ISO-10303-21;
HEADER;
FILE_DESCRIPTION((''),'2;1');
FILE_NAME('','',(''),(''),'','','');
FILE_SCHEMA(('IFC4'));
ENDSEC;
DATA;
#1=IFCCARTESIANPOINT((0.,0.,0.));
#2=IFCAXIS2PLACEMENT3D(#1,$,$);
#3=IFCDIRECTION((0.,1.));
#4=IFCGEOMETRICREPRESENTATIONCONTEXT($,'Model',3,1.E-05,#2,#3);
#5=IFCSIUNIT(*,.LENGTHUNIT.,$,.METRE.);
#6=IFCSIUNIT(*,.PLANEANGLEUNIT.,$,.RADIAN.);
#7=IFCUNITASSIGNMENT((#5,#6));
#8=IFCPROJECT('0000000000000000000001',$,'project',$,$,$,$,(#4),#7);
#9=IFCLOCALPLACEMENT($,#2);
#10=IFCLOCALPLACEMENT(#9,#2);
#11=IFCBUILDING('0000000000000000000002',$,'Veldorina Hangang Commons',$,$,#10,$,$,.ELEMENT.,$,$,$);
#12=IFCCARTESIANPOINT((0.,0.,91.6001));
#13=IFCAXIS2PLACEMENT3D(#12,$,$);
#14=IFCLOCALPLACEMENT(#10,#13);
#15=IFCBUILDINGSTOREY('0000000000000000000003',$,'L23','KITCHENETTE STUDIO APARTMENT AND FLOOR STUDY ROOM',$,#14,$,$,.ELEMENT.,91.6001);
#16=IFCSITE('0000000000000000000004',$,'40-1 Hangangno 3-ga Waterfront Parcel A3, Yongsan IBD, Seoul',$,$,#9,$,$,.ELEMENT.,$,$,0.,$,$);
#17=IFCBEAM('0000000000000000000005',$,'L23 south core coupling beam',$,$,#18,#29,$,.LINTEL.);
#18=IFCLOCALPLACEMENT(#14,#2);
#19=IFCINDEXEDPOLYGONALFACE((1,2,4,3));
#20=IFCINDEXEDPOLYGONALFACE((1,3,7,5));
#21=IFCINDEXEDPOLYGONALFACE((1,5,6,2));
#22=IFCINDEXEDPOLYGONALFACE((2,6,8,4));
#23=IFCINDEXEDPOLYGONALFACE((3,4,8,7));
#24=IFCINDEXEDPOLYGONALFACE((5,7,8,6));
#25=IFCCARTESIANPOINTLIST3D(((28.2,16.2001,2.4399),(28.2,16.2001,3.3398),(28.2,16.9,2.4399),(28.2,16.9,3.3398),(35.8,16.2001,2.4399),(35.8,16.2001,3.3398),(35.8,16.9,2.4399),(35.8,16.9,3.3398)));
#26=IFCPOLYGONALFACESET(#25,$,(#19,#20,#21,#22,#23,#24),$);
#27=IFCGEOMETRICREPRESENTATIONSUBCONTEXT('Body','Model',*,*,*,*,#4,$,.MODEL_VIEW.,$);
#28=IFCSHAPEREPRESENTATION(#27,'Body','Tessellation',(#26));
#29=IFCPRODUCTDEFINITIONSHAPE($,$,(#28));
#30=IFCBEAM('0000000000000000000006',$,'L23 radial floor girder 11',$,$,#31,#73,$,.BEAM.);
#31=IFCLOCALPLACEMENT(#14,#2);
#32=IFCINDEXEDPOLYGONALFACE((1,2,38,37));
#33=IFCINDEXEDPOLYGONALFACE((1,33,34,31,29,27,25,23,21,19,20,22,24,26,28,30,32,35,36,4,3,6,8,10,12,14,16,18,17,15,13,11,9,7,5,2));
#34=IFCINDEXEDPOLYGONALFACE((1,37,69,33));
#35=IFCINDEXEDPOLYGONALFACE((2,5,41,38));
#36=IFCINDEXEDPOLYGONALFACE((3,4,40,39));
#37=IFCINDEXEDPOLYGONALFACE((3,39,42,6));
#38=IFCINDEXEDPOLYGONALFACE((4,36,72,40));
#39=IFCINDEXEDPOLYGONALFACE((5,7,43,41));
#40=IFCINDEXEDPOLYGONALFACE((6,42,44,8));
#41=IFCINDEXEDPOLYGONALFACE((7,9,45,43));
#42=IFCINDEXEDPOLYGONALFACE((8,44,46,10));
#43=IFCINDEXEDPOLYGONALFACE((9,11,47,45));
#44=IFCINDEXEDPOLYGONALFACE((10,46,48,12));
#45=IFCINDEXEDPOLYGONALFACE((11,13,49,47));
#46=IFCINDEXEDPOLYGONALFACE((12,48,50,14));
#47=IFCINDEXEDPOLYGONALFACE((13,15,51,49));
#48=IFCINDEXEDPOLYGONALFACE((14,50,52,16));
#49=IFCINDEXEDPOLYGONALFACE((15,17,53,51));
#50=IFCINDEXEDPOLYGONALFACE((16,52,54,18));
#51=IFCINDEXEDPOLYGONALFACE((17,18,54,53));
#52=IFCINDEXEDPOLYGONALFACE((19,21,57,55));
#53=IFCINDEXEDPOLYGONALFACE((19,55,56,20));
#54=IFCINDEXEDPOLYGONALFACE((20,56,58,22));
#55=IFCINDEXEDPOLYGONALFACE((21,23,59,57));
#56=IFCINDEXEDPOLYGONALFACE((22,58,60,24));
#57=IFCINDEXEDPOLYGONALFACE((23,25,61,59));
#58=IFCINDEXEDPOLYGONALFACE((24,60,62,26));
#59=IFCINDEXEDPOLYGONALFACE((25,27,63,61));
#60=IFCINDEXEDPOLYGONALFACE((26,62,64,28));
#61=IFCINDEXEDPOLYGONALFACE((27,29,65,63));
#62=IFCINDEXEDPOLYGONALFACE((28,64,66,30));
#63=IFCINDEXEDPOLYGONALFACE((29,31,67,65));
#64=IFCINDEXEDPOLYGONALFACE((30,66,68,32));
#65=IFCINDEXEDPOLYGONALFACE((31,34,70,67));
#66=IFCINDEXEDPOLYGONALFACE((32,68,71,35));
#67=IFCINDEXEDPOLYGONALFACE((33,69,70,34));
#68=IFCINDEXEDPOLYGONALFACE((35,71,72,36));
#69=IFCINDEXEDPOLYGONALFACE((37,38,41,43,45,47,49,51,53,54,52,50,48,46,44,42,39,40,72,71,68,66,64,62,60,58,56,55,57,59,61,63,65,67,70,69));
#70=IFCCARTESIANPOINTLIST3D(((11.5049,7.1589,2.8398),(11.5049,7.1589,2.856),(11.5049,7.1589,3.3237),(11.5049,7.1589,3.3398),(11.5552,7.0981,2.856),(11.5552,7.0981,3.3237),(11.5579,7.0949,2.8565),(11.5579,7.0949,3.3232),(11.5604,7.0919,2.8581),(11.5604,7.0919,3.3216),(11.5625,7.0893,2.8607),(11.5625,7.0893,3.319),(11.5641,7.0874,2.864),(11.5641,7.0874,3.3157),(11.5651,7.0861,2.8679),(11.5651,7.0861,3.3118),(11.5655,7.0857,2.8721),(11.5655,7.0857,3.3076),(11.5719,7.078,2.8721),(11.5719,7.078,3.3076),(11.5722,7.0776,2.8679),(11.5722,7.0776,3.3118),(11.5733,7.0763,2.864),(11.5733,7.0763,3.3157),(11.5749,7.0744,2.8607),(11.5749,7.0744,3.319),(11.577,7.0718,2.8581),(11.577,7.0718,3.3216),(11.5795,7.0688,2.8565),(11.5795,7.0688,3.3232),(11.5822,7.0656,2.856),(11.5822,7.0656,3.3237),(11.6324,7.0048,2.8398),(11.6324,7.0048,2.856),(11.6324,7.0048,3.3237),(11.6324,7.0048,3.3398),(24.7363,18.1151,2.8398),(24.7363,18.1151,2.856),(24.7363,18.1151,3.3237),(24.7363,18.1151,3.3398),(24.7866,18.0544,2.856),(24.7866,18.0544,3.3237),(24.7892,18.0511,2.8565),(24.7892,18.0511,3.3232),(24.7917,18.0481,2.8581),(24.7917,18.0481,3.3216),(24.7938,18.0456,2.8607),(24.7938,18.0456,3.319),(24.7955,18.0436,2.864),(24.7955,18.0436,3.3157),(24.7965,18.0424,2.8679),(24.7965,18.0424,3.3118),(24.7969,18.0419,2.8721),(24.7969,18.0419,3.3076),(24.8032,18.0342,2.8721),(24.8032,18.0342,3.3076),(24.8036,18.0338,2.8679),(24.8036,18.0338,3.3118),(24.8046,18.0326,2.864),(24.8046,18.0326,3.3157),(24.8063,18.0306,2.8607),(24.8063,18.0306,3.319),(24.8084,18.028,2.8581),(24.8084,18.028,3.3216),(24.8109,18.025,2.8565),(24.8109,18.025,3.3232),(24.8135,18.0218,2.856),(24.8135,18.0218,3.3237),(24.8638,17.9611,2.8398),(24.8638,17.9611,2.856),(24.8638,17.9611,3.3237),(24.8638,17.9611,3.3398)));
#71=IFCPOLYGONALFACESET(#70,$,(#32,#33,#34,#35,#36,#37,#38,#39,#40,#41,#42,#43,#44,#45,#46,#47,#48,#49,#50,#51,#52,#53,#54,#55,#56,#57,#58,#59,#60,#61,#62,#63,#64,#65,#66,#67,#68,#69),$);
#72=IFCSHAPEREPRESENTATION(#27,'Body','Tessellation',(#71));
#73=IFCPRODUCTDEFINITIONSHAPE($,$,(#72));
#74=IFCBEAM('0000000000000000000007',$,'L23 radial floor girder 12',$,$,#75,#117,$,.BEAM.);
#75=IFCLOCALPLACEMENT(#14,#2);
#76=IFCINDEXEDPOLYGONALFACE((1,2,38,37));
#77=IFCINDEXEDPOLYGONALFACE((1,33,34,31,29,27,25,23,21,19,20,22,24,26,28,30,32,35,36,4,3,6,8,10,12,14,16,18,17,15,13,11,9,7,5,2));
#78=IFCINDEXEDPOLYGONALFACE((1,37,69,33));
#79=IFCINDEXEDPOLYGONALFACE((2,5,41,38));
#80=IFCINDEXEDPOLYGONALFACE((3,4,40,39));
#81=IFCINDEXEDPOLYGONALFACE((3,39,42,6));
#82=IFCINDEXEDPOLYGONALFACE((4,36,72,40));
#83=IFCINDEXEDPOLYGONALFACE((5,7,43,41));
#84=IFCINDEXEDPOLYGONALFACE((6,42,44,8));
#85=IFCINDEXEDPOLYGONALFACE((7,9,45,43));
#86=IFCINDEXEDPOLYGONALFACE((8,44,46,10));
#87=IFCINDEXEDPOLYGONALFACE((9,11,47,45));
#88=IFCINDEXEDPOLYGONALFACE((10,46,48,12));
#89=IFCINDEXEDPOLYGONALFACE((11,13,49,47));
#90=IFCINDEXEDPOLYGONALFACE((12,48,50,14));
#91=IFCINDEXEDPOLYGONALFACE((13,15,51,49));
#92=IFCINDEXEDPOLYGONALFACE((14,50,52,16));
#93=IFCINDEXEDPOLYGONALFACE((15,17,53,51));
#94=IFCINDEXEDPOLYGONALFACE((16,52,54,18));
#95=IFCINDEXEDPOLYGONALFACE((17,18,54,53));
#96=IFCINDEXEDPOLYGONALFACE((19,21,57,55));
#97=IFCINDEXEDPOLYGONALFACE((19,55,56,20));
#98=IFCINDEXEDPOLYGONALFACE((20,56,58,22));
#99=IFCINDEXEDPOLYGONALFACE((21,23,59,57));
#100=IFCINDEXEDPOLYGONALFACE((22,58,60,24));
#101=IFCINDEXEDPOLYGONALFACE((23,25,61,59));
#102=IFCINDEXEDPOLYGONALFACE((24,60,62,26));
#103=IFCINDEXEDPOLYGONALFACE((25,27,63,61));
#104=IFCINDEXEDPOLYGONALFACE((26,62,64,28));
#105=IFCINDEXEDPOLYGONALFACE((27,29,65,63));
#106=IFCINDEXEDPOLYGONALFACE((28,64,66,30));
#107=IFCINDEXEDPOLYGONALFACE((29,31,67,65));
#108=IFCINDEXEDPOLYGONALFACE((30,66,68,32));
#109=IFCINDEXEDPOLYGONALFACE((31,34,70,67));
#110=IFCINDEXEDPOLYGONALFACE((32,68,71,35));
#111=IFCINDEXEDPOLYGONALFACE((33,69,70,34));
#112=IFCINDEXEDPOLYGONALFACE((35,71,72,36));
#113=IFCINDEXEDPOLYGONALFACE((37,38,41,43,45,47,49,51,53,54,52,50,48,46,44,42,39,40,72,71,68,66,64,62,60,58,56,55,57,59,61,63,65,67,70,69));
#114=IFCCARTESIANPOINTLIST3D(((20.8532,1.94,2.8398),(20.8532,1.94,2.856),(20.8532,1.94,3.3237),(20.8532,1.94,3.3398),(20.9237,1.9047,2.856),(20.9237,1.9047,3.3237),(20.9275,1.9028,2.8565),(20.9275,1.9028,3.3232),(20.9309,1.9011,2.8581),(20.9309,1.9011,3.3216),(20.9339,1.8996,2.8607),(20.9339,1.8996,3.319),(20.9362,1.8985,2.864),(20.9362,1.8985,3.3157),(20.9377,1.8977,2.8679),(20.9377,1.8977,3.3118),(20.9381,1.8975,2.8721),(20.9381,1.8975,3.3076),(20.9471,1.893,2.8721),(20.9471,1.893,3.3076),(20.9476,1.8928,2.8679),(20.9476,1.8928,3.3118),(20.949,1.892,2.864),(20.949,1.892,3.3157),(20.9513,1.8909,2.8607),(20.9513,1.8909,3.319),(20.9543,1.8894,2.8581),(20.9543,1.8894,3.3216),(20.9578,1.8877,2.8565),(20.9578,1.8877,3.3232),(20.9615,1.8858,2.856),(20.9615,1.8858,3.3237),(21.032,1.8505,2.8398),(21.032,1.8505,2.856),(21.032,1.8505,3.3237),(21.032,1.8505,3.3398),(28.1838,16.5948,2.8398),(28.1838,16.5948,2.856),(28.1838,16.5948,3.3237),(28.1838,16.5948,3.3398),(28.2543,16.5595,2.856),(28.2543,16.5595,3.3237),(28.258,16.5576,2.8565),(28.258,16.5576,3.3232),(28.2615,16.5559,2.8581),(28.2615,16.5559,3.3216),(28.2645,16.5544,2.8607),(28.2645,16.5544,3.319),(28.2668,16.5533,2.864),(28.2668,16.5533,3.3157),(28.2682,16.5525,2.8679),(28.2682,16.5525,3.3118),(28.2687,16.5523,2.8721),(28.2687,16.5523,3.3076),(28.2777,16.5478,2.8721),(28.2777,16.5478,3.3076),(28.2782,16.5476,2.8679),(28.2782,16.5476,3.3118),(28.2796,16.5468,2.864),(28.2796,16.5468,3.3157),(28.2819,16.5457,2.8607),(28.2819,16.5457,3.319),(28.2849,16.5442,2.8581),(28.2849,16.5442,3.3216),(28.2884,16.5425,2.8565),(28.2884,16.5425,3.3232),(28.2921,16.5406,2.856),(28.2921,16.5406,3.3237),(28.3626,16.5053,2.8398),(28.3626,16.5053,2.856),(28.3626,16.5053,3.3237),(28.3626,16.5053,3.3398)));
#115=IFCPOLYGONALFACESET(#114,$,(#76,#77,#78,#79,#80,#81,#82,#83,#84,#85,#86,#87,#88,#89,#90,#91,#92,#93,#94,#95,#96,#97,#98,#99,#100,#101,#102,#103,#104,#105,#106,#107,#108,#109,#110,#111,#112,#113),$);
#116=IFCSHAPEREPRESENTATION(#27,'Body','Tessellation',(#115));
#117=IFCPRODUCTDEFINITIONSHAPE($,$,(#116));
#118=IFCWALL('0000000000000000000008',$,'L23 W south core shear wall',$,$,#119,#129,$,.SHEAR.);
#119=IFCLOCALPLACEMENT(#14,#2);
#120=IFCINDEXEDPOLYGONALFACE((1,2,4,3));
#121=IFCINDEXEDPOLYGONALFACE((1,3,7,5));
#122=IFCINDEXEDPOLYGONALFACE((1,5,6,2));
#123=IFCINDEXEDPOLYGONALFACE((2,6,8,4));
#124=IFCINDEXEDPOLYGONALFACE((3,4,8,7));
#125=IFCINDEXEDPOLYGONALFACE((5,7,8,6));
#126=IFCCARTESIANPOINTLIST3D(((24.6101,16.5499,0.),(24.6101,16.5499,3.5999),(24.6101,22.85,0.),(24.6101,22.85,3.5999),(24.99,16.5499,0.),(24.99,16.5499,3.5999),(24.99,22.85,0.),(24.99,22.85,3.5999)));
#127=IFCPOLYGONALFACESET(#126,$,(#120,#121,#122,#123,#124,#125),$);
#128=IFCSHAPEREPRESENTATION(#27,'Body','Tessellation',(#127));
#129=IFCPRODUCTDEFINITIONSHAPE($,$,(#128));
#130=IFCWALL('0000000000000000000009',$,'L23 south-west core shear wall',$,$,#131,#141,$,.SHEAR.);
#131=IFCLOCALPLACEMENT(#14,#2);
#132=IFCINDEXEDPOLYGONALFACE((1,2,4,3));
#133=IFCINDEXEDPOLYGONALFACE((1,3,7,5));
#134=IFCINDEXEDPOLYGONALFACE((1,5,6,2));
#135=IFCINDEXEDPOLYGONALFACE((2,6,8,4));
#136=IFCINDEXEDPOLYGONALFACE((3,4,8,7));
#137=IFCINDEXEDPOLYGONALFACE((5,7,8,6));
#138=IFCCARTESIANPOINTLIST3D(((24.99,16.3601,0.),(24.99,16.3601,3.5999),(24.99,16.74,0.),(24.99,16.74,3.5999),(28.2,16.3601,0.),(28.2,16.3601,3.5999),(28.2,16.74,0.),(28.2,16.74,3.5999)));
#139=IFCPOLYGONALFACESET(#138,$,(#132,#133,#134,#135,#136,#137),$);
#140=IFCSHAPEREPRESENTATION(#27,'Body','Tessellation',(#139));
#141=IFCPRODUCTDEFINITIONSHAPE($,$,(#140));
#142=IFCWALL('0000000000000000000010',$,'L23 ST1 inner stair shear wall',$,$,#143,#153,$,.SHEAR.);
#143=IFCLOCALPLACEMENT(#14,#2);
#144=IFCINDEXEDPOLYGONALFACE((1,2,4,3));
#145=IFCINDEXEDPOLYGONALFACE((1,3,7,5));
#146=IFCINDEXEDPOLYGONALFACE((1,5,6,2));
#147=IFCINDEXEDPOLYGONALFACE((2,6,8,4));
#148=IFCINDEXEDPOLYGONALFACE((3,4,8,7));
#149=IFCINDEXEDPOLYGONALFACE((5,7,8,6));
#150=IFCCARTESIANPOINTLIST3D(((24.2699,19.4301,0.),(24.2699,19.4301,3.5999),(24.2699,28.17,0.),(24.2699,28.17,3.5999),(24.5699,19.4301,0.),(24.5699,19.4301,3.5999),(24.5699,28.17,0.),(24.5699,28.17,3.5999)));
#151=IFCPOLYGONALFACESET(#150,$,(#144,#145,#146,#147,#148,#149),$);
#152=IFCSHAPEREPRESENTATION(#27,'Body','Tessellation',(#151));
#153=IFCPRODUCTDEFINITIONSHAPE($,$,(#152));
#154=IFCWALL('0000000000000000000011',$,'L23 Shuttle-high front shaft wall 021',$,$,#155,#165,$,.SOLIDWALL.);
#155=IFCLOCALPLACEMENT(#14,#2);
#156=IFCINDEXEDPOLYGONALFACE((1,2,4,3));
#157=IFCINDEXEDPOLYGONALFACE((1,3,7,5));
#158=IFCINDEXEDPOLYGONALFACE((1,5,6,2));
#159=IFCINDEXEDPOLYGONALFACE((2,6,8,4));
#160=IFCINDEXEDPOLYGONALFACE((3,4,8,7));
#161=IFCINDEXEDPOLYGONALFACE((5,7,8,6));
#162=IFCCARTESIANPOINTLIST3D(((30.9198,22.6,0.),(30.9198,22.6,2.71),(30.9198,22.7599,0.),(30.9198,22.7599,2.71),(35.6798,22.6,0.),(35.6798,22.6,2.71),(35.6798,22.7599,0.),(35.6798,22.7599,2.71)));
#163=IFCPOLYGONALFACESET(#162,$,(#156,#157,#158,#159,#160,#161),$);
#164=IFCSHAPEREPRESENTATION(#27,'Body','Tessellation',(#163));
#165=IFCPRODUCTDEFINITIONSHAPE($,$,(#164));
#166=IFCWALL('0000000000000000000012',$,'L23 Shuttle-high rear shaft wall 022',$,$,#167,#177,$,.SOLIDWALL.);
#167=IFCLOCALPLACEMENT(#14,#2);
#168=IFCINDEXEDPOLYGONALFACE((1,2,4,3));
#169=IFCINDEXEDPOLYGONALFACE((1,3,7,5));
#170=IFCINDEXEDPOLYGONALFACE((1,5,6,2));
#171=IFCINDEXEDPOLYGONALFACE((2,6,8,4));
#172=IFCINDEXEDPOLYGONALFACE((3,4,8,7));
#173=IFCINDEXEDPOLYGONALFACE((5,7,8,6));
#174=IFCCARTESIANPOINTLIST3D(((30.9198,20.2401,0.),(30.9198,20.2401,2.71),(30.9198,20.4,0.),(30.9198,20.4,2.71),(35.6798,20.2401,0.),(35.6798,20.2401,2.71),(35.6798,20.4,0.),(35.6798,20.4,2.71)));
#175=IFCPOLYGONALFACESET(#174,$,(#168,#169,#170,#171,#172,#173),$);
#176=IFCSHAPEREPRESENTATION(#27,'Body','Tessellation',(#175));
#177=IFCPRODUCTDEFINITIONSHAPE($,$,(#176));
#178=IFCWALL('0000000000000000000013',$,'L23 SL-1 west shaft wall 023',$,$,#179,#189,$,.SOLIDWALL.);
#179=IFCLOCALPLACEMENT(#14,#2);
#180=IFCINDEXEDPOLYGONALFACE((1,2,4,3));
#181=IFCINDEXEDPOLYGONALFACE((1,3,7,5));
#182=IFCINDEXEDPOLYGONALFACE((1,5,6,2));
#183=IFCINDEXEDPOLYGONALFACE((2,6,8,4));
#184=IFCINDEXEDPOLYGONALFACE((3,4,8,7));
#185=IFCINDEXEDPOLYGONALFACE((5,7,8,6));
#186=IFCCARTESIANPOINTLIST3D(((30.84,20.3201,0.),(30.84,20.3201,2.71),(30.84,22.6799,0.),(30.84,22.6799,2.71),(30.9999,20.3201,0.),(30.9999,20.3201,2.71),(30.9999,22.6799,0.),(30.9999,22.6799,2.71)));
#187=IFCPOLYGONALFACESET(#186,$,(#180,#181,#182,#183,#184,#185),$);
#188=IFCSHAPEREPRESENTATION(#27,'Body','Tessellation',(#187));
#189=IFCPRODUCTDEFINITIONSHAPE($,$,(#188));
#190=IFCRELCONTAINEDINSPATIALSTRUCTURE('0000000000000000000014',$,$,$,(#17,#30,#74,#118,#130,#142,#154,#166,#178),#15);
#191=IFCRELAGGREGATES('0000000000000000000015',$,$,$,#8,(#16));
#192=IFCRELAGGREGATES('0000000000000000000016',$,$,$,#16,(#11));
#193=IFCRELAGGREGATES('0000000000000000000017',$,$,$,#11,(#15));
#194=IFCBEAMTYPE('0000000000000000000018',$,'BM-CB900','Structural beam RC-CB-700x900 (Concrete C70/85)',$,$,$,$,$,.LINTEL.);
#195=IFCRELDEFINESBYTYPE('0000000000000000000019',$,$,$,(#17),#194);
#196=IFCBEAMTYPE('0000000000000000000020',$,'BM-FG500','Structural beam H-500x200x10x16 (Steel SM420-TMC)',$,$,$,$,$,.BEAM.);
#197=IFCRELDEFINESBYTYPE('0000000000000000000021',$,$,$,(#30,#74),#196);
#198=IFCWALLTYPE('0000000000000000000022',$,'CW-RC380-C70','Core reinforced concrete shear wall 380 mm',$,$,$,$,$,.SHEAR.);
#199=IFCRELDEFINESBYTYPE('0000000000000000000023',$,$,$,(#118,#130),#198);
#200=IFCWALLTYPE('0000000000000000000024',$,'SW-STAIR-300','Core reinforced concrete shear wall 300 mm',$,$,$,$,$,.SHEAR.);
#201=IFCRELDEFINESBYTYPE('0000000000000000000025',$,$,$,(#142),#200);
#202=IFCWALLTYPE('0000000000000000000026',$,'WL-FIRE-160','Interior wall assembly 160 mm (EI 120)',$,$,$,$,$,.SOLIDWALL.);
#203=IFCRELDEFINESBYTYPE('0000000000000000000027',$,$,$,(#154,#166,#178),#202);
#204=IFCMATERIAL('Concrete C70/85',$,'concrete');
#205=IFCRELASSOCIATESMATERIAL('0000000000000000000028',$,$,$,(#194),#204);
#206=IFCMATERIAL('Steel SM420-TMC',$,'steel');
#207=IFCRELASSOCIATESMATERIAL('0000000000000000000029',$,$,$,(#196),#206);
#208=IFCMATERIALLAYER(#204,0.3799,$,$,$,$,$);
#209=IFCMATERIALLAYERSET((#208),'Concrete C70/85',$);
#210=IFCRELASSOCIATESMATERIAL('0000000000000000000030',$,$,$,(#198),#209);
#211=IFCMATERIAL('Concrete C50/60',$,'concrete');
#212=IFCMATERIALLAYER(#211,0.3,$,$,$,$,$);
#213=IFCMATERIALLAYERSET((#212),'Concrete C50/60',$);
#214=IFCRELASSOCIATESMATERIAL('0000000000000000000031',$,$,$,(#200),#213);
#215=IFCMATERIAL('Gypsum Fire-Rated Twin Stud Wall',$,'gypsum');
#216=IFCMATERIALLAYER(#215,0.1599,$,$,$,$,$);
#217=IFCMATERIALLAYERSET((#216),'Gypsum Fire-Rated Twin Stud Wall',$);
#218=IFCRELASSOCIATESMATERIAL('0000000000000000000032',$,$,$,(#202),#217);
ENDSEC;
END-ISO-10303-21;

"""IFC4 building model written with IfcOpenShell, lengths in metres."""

from ifc_helpers import new_model, si_unit, direction, frame, frame_2d, origin, origin_2d, place, context, subcontext, project, spatial, rectangle, i_section, extrude, material, layer, layer_set, material_profile, profile_set, type_object, element, save


model = new_model("IFC4")

# Units and contexts
model_context = context("Model", 3, precision=1e-05, world=origin(), true_north=direction((0.0, 1.0)))
body_context = subcontext(model_context, "Body", "Model", "MODEL_VIEW")
ifc_project = project(units=[si_unit("LENGTHUNIT", "METRE"), si_unit("PLANEANGLEUNIT", "RADIAN")], contexts=[model_context])

# Site, building, storey
site_placement = place(None, origin())
site = spatial("IfcSite", under=ifc_project, at=site_placement, Name="40-1 Hangangno 3-ga Waterfront Parcel A3, Yongsan IBD, Seoul", CompositionType="ELEMENT", RefElevation=0.0)
building_placement = place(site_placement, origin())
building = spatial("IfcBuilding", under=site, at=building_placement, Name="Veldorina Hangang Commons", CompositionType="ELEMENT")
storey_placement = place(building_placement, frame((0.0, 0.0, 91.6001)))
storey = spatial("IfcBuildingStorey", under=building, at=storey_placement, Name="L23", Description="KITCHENETTE STUDIO APARTMENT AND FLOOR STUDY ROOM", CompositionType="ELEMENT", Elevation=91.6001)

# Beams
ifc_material_1 = material(Name="Concrete C70/85", Category="concrete")
ifc_material_profile_1 = material_profile(ifc_material_1, rectangle(XDim=0.7, YDim=0.8999, at=origin_2d()), Name="RC-CB-700x900")
ifc_profile_set_1 = profile_set([ifc_material_profile_1], Name="Concrete C70/85")
beam_type_1 = type_object("IfcBeamType", Name="BM-CB900", Description="Structural beam RC-CB-700x900 (Concrete C70/85)", PredefinedType="LINTEL", material=ifc_profile_set_1)
beam_1_placement = place(storey_placement, frame((28.2, 16.55, 2.8899), z_axis=(1.0, 0.0, 0.0), x_axis=(0.0, 1.0, 0.0)))
element("IfcBeam", 1, at=beam_1_placement, inside=storey, type_object=beam_type_1, Name="L23 south core coupling beam", PredefinedType="LINTEL", context=body_context, shape_type="SweptSolid", body=[
    extrude(rectangle(XDim=0.7, YDim=0.8999, at=origin_2d()), origin(), (0.0, 0.0, 1.0), 7.6001),
])
ifc_material_2 = material(Name="Steel SM420-TMC", Category="steel")
ifc_material_profile_2 = material_profile(ifc_material_2, i_section(OverallWidth=0.2, OverallDepth=0.5, WebThickness=0.01, FlangeThickness=0.0161, FilletRadius=0.0161, at=origin_2d()), Name="H-500x200x10x16")
ifc_profile_set_2 = profile_set([ifc_material_profile_2], Name="Steel SM420-TMC")
beam_type_2 = type_object("IfcBeamType", Name="BM-FG500", Description="Structural beam H-500x200x10x16 (Steel SM420-TMC)", PredefinedType="BEAM", material=ifc_profile_set_2)
beam_2_placement = place(storey_placement, frame((24.8, 18.0381, 3.0898), z_axis=(-0.770219, -0.63778, 0.0), x_axis=(0.63778, -0.770219, 0.0)))
element("IfcBeam", 2, at=beam_2_placement, inside=storey, type_object=beam_type_2, Name="L23 radial floor girder 11", PredefinedType="BEAM", context=body_context, shape_type="SweptSolid", body=[
    extrude(i_section(OverallWidth=0.2, OverallDepth=0.5, WebThickness=0.01, FlangeThickness=0.0161, FilletRadius=0.0161, at=origin_2d()), origin(), (0.0, 0.0, 1.0), 17.1787),
])
beam_3_placement = place(storey_placement, frame((28.2732, 16.55, 3.0898), z_axis=(-0.447369, -0.89435, 0.0), x_axis=(0.89435, -0.447369, 0.0)))
element("IfcBeam", 3, at=beam_3_placement, inside=storey, type_object=beam_type_2, Name="L23 radial floor girder 12", PredefinedType="BEAM", context=body_context, shape_type="SweptSolid", body=[
    extrude(i_section(OverallWidth=0.2, OverallDepth=0.5, WebThickness=0.01, FlangeThickness=0.0161, FilletRadius=0.0161, at=origin_2d()), origin(), (0.0, 0.0, 1.0), 16.386),
])

# Walls
ifc_layer_1 = layer(ifc_material_1, 0.3799)
ifc_layer_set_1 = layer_set([ifc_layer_1], Name="Concrete C70/85")
wall_type_1 = type_object("IfcWallType", Name="CW-RC380-C70", Description="Core reinforced concrete shear wall 380 mm", PredefinedType="SHEAR", material=ifc_layer_set_1)
wall_1_placement = place(storey_placement, frame((24.8, 16.55, 0.0), z_axis=(0.0, 0.0, 1.0), x_axis=(0.0, 1.0, 0.0)))
element("IfcWall", 4, at=wall_1_placement, inside=storey, type_object=wall_type_1, Name="L23 W south core shear wall", PredefinedType="SHEAR", context=body_context, shape_type="SweptSolid", body=[
    extrude(rectangle(XDim=6.3, YDim=0.3799, at=frame_2d((3.1499, 0.0))), origin(), (0.0, 0.0, 1.0), 3.5999),
])
wall_2_placement = place(storey_placement, frame((24.99, 16.55, 0.0), z_axis=(0.0, 0.0, 1.0), x_axis=(1.0, 0.0, 0.0)))
element("IfcWall", 5, at=wall_2_placement, inside=storey, type_object=wall_type_1, Name="L23 south-west core shear wall", PredefinedType="SHEAR", context=body_context, shape_type="SweptSolid", body=[
    extrude(rectangle(XDim=3.21, YDim=0.3799, at=frame_2d((1.605, 0.0))), origin(), (0.0, 0.0, 1.0), 3.5999),
])
ifc_material_3 = material(Name="Concrete C50/60", Category="concrete")
ifc_layer_2 = layer(ifc_material_3, 0.3)
ifc_layer_set_2 = layer_set([ifc_layer_2], Name="Concrete C50/60")
wall_type_2 = type_object("IfcWallType", Name="SW-STAIR-300", Description="Core reinforced concrete shear wall 300 mm", PredefinedType="SHEAR", material=ifc_layer_set_2)
wall_3_placement = place(storey_placement, frame((24.4199, 19.4299, 0.0), z_axis=(0.0, 0.0, 1.0), x_axis=(0.0, 1.0, 0.0)))
element("IfcWall", 6, at=wall_3_placement, inside=storey, type_object=wall_type_2, Name="L23 ST1 inner stair shear wall", PredefinedType="SHEAR", context=body_context, shape_type="SweptSolid", body=[
    extrude(rectangle(XDim=8.74, YDim=0.3, at=frame_2d((4.3701, 0.0))), origin(), (0.0, 0.0, 1.0), 3.5999),
])
ifc_material_4 = material(Name="Gypsum Fire-Rated Twin Stud Wall", Category="gypsum")
ifc_layer_3 = layer(ifc_material_4, 0.1599)
ifc_layer_set_3 = layer_set([ifc_layer_3], Name="Gypsum Fire-Rated Twin Stud Wall")
wall_type_3 = type_object("IfcWallType", Name="WL-FIRE-160", Description="Interior wall assembly 160 mm (EI 120)", PredefinedType="SOLIDWALL", material=ifc_layer_set_3)
for number, where, z_axis, x_axis, name in (
    (7, (30.9199, 22.6799, 0.0), (0.0, 0.0, 1.0), (1.0, 0.0, 0.0), "L23 Shuttle-high front shaft wall 021"),
    (8, (30.9199, 20.3201, 0.0), (0.0, 0.0, 1.0), (1.0, 0.0, 0.0), "L23 Shuttle-high rear shaft wall 022"),
):
    element("IfcWall", number, at=place(storey_placement, frame(where, z_axis=z_axis, x_axis=x_axis)), inside=storey, type_object=wall_type_3, Name=name, PredefinedType="SOLIDWALL", context=body_context, shape_type="SweptSolid", body=[
        extrude(rectangle(XDim=4.76, YDim=0.1599, at=frame_2d((2.3799, 0.0))), origin(), (0.0, 0.0, 1.0), 2.71),
    ])
wall_4_placement = place(storey_placement, frame((30.9199, 20.3201, 0.0), z_axis=(0.0, 0.0, 1.0), x_axis=(0.0, 1.0, 0.0)))
element("IfcWall", 9, at=wall_4_placement, inside=storey, type_object=wall_type_3, Name="L23 SL-1 west shaft wall 023", PredefinedType="SOLIDWALL", context=body_context, shape_type="SweptSolid", body=[
    extrude(rectangle(XDim=2.3599, YDim=0.1599, at=frame_2d((1.1799, 0.0))), origin(), (0.0, 0.0, 1.0), 2.71),
])

save(model, "model.ifc")
